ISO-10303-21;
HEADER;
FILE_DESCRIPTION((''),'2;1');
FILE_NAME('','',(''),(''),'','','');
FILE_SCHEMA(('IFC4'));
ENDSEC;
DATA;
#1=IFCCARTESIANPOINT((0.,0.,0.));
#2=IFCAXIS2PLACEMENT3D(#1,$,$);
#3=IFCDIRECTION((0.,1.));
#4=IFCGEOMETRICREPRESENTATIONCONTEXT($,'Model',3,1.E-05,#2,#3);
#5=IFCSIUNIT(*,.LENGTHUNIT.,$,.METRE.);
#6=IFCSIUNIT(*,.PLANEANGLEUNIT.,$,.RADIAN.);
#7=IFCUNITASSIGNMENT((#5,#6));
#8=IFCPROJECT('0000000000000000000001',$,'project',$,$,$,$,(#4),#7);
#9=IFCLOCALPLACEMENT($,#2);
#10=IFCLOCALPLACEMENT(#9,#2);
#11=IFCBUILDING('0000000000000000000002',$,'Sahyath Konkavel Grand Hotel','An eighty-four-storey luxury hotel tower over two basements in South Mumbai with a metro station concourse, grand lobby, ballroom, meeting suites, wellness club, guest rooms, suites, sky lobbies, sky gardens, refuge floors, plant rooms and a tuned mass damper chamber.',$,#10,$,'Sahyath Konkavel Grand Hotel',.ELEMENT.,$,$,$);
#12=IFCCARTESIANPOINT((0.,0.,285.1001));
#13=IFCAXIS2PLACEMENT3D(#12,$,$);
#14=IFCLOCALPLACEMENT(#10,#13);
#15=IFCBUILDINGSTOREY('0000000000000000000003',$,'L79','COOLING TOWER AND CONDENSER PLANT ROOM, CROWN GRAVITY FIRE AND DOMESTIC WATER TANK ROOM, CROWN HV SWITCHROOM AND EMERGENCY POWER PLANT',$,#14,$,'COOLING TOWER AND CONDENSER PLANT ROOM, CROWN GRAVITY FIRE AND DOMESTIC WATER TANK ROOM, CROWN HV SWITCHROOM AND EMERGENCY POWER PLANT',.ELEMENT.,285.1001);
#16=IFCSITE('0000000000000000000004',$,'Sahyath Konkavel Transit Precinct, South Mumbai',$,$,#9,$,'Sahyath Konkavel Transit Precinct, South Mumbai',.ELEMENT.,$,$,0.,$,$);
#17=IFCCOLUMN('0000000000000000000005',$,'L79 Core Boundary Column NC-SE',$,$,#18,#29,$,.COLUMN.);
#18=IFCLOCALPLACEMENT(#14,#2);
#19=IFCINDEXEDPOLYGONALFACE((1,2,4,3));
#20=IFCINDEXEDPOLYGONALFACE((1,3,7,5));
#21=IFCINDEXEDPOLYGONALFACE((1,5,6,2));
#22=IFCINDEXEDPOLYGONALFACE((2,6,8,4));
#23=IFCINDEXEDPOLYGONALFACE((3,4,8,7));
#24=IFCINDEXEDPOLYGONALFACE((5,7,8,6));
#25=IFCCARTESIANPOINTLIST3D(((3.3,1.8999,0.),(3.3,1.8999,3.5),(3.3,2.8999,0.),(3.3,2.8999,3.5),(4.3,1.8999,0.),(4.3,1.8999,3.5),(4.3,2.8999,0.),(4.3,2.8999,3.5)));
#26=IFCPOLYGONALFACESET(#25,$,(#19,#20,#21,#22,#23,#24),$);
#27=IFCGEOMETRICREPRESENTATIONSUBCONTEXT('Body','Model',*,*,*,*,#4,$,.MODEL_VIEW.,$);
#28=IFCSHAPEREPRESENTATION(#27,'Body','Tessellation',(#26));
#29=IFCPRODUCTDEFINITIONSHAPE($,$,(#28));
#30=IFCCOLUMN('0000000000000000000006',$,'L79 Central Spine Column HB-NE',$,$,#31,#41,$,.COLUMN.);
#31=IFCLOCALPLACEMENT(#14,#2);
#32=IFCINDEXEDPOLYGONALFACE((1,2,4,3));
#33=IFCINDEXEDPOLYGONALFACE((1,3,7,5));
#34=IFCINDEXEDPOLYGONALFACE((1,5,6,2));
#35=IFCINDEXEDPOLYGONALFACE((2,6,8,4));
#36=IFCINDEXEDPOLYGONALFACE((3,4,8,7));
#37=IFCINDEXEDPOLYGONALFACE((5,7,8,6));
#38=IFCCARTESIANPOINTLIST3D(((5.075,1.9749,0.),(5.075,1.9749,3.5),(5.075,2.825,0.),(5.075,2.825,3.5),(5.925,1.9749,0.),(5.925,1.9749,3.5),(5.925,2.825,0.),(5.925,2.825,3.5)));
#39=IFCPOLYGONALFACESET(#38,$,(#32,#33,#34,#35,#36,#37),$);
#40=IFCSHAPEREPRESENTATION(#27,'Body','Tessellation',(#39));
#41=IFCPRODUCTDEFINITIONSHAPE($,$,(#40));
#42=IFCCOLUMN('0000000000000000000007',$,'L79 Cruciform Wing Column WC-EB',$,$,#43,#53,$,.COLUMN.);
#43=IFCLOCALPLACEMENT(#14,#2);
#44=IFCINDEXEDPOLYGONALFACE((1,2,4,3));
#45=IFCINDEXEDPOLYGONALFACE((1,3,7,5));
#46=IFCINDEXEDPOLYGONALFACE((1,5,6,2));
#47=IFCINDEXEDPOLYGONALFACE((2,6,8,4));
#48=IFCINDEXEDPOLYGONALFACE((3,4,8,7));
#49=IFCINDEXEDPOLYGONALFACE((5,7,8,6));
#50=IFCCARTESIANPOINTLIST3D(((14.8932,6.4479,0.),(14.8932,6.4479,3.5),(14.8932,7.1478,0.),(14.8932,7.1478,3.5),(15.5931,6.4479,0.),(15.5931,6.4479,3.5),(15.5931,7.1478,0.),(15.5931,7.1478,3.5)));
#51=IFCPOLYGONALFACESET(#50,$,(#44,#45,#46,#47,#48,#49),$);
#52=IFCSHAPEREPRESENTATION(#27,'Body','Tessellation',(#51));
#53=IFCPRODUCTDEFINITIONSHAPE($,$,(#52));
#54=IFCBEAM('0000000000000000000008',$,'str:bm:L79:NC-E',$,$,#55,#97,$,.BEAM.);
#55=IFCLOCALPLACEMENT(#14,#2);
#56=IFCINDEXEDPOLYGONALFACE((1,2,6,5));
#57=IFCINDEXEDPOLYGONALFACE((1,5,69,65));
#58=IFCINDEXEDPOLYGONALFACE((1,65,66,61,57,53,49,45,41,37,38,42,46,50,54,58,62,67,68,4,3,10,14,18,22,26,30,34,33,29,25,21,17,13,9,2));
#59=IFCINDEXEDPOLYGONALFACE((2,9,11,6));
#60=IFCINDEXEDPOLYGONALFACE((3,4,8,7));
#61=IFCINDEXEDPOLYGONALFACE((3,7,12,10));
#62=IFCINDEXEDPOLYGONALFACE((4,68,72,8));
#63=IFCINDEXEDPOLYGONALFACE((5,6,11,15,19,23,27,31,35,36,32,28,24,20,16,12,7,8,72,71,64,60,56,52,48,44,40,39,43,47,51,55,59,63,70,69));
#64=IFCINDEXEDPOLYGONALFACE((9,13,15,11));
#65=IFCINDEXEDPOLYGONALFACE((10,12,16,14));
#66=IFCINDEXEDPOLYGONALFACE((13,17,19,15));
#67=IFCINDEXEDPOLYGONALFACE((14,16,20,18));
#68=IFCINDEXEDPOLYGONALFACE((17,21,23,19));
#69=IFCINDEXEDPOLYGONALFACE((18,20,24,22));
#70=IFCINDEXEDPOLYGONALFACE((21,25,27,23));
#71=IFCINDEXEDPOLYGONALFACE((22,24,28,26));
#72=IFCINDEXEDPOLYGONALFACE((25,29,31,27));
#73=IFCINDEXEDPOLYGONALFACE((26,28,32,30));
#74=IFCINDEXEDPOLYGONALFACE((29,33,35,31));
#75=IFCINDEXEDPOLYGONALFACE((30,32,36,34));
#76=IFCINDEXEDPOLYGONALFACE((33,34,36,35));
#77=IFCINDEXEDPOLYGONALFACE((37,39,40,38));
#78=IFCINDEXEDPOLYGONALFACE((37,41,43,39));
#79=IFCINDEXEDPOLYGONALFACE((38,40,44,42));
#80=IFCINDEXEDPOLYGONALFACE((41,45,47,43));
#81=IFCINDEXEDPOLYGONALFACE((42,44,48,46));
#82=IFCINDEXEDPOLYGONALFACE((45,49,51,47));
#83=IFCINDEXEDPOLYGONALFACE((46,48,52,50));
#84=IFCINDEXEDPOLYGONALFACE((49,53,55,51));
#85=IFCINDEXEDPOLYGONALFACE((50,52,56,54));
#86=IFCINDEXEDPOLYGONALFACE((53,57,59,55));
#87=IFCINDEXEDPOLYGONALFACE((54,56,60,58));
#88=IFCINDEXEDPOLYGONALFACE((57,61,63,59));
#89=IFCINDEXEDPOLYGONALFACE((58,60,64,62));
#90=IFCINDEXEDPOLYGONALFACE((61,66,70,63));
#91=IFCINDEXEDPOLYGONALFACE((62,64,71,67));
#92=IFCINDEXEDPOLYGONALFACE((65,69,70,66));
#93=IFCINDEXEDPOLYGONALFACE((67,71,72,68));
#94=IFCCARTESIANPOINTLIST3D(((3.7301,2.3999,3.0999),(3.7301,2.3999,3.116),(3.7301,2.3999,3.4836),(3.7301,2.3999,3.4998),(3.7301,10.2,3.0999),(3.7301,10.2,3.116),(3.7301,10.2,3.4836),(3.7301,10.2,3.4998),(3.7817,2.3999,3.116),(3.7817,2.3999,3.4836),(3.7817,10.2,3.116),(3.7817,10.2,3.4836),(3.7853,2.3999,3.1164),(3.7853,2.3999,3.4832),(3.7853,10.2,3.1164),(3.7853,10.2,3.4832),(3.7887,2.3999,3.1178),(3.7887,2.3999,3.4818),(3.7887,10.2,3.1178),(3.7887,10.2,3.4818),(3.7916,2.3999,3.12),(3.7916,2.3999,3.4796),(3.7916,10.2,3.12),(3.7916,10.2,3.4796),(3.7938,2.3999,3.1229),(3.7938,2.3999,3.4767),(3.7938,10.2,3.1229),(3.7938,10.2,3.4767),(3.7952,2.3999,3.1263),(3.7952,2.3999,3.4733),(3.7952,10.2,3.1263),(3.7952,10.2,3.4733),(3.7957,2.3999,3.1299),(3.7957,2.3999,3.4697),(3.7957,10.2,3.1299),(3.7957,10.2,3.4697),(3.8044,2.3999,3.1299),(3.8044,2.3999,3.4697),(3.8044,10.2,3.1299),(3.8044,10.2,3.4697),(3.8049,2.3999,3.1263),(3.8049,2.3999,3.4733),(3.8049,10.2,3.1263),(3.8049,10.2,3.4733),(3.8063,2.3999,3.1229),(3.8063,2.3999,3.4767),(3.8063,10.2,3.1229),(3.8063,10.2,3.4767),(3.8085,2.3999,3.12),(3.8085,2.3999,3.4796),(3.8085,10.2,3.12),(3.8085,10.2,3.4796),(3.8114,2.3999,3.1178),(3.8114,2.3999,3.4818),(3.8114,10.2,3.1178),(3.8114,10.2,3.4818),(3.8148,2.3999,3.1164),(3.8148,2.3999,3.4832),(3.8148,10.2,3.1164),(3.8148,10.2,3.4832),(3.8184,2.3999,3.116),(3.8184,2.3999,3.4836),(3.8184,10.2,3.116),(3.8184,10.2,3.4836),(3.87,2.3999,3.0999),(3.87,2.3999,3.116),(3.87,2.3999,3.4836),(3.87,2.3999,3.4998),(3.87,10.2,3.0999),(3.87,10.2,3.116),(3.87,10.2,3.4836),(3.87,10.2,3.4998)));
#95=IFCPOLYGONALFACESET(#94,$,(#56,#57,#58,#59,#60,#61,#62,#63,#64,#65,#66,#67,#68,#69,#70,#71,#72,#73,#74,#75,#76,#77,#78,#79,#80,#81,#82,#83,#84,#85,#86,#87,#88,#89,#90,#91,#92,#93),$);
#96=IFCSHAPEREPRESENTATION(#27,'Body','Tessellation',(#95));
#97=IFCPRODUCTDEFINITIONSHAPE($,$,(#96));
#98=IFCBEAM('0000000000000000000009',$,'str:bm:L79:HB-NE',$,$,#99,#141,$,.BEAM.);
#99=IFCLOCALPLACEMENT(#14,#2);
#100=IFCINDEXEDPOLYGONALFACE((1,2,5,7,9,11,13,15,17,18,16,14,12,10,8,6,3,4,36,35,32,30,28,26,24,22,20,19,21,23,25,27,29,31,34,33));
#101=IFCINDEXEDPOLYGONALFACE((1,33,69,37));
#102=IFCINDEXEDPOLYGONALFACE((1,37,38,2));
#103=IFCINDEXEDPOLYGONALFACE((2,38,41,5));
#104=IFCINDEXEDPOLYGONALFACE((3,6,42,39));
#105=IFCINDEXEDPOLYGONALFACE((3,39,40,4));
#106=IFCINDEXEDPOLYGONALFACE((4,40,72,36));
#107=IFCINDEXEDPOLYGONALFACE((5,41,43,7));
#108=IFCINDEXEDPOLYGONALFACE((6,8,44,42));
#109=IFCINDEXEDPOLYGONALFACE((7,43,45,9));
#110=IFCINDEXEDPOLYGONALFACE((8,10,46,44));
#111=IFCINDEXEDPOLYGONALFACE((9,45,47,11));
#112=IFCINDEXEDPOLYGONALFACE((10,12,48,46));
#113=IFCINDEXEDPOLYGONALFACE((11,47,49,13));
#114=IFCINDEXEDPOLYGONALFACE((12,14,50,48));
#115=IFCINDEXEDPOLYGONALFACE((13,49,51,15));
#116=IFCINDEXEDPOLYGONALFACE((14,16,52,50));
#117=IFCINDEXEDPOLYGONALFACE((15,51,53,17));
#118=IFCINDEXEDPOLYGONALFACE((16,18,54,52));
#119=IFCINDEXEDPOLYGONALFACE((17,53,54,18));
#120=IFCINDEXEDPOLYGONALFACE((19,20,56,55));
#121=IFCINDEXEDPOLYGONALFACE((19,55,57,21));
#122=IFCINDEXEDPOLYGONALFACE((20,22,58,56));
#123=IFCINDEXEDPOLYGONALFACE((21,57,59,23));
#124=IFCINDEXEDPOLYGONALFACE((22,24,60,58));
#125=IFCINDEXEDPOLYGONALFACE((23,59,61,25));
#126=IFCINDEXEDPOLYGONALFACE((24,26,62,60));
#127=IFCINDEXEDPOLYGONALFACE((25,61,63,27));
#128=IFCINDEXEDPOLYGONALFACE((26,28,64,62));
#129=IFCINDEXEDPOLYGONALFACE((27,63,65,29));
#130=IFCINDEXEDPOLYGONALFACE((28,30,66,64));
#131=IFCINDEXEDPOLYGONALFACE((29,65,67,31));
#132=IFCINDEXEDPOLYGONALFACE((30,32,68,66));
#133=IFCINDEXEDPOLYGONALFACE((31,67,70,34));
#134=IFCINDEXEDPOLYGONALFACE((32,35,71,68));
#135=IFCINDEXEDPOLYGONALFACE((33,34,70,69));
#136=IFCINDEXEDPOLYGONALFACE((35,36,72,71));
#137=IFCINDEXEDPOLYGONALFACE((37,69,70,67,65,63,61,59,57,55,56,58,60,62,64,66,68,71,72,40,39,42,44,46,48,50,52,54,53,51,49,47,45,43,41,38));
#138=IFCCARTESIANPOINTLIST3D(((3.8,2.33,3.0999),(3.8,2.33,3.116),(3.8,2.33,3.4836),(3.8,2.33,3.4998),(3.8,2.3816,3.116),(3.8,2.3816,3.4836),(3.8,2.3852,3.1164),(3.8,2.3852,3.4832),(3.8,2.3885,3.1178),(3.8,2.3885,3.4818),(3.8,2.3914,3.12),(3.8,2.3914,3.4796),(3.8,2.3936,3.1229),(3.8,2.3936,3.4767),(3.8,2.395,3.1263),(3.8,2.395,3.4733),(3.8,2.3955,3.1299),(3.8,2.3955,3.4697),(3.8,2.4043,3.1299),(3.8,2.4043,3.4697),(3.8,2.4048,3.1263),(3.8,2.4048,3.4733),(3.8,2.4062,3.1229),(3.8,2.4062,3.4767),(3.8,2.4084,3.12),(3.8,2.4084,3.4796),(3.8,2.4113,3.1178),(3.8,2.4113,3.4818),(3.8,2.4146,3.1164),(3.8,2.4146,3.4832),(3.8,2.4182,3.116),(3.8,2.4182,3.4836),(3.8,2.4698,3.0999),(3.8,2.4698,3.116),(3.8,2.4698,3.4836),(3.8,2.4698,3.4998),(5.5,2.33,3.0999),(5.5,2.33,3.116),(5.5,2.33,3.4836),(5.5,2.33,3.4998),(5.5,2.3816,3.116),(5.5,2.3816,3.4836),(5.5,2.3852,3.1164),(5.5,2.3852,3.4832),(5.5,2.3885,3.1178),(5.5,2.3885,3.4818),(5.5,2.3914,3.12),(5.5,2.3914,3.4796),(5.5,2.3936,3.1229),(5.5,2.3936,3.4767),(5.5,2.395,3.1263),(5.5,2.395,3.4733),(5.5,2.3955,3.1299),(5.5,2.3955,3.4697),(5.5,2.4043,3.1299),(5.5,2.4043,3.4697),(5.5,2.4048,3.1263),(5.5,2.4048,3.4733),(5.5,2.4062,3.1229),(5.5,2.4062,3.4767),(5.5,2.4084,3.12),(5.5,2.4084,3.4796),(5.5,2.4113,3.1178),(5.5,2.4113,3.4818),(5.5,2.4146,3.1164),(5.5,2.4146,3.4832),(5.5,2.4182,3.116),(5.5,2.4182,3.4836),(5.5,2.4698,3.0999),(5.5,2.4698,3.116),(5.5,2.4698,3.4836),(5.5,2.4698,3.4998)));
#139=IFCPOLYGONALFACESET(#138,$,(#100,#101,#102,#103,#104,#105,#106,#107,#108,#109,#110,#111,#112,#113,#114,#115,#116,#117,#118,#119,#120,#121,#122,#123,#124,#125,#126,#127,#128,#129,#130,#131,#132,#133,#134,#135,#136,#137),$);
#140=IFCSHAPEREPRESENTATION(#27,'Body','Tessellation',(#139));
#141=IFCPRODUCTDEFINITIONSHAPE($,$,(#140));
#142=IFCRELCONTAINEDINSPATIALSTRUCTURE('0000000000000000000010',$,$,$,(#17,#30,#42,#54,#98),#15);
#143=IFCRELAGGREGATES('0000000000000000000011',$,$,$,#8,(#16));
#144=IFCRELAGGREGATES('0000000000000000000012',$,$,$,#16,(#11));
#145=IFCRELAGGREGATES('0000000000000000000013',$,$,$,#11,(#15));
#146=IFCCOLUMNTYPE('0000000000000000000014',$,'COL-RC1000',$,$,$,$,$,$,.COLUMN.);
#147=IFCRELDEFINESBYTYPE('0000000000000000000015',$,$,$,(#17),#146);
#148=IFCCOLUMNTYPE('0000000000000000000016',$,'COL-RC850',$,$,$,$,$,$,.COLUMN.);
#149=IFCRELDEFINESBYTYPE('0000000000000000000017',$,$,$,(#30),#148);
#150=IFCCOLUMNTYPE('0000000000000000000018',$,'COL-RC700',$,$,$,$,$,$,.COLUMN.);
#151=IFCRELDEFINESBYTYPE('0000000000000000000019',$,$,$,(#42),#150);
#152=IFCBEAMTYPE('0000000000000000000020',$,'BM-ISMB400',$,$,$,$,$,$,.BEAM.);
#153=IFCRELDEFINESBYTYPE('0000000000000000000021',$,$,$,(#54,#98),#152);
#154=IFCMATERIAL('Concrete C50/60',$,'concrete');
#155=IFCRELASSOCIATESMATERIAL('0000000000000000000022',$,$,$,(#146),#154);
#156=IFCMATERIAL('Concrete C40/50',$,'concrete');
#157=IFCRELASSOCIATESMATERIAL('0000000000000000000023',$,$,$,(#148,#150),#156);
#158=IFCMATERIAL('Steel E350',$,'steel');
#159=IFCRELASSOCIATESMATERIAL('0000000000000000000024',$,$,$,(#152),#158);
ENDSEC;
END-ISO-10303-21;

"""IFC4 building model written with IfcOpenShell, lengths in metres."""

from ifc_helpers import new_model, si_unit, direction, frame, origin, origin_2d, place, context, subcontext, project, spatial, rectangle, i_section, extrude, source, transform, mapped, material, material_profile, profile_set, type_object, element, save


model = new_model("IFC4")

# Units and contexts
model_context = context("Model", 3, precision=1e-05, world=origin(), true_north=direction((0.0, 1.0)))
body_context = subcontext(model_context, "Body", "Model", "MODEL_VIEW")
ifc_project = project(units=[si_unit("LENGTHUNIT", "METRE"), si_unit("PLANEANGLEUNIT", "RADIAN")], contexts=[model_context])

# Site, building, storey
site_placement = place(None, origin())
site = spatial("IfcSite", under=ifc_project, at=site_placement, Name="Sahyath Konkavel Transit Precinct, South Mumbai", LongName="Sahyath Konkavel Transit Precinct, South Mumbai", CompositionType="ELEMENT", RefElevation=0.0)
building_placement = place(site_placement, origin())
building = spatial("IfcBuilding", under=site, at=building_placement, Name="Sahyath Konkavel Grand Hotel", Description="An eighty-four-storey luxury hotel tower over two basements in South Mumbai with a metro station concourse, grand lobby, ballroom, meeting suites, wellness club, guest rooms, suites, sky lobbies, sky gardens, refuge floors, plant rooms and a tuned mass damper chamber.", LongName="Sahyath Konkavel Grand Hotel", CompositionType="ELEMENT")
storey_placement = place(building_placement, frame((0.0, 0.0, 285.1001)))
storey = spatial("IfcBuildingStorey", under=building, at=storey_placement, Name="L79", Description="COOLING TOWER AND CONDENSER PLANT ROOM, CROWN GRAVITY FIRE AND DOMESTIC WATER TANK ROOM, CROWN HV SWITCHROOM AND EMERGENCY POWER PLANT", LongName="COOLING TOWER AND CONDENSER PLANT ROOM, CROWN GRAVITY FIRE AND DOMESTIC WATER TANK ROOM, CROWN HV SWITCHROOM AND EMERGENCY POWER PLANT", CompositionType="ELEMENT", Elevation=285.1001)

# Columns
ifc_material_1 = material(Name="Concrete C50/60", Category="concrete")
ifc_material_profile_1 = material_profile(ifc_material_1, rectangle(XDim=1.0, YDim=1.0, at=origin_2d()), Name="RC 1000x1000")
ifc_profile_set_1 = profile_set([ifc_material_profile_1], Name="Concrete C50/60")
column_type_1 = type_object("IfcColumnType", Name="COL-RC1000", PredefinedType="COLUMN", material=ifc_profile_set_1)
shared_shape_1 = source(origin(), body_context, "Body", "SweptSolid", [
    extrude(rectangle(XDim=1.0, YDim=1.0, at=origin_2d()), origin(), (0.0, 0.0, 1.0), 3.5),
])
column_1_placement = place(storey_placement, frame((3.8, 2.3999, 0.0), z_axis=(0.0, 0.0, 1.0), x_axis=(1.0, 0.0, 0.0)))
element("IfcColumn", 1, at=column_1_placement, inside=storey, type_object=column_type_1, Name="L79 Core Boundary Column NC-SE", PredefinedType="COLUMN", context=body_context, shape_type="MappedRepresentation", body=[
    mapped(shared_shape_1, transform((0.0, 0.0, 0.0), scale=1.0)),
])
ifc_material_2 = material(Name="Concrete C40/50", Category="concrete")
ifc_material_profile_2 = material_profile(ifc_material_2, rectangle(XDim=0.8501, YDim=0.8501, at=origin_2d()), Name="RC 850x850")
ifc_profile_set_2 = profile_set([ifc_material_profile_2], Name="Concrete C40/50")
column_type_2 = type_object("IfcColumnType", Name="COL-RC850", PredefinedType="COLUMN", material=ifc_profile_set_2)
shared_shape_2 = source(origin(), body_context, "Body", "SweptSolid", [
    extrude(rectangle(XDim=0.8501, YDim=0.8501, at=origin_2d()), origin(), (0.0, 0.0, 1.0), 3.5),
])
column_2_placement = place(storey_placement, frame((5.5, 2.3999, 0.0), z_axis=(0.0, 0.0, 1.0), x_axis=(1.0, 0.0, 0.0)))
element("IfcColumn", 2, at=column_2_placement, inside=storey, type_object=column_type_2, Name="L79 Central Spine Column HB-NE", PredefinedType="COLUMN", context=body_context, shape_type="MappedRepresentation", body=[
    mapped(shared_shape_2, transform((0.0, 0.0, 0.0), scale=1.0)),
])
ifc_material_profile_3 = material_profile(ifc_material_2, rectangle(XDim=0.7, YDim=0.7, at=origin_2d()), Name="RC 700x700")
ifc_profile_set_3 = profile_set([ifc_material_profile_3], Name="Concrete C40/50")
column_type_3 = type_object("IfcColumnType", Name="COL-RC700", PredefinedType="COLUMN", material=ifc_profile_set_3)
shared_shape_3 = source(origin(), body_context, "Body", "SweptSolid", [
    extrude(rectangle(XDim=0.7, YDim=0.7, at=origin_2d()), origin(), (0.0, 0.0, 1.0), 3.5),
])
column_3_placement = place(storey_placement, frame((15.2432, 6.7979, 0.0), z_axis=(0.0, 0.0, 1.0), x_axis=(1.0, 0.0, 0.0)))
element("IfcColumn", 3, at=column_3_placement, inside=storey, type_object=column_type_3, Name="L79 Cruciform Wing Column WC-EB", PredefinedType="COLUMN", context=body_context, shape_type="MappedRepresentation", body=[
    mapped(shared_shape_3, transform((0.0, 0.0, 0.0), scale=1.0)),
])

# Beams
ifc_material_3 = material(Name="Steel E350", Category="steel")
ifc_material_profile_4 = material_profile(ifc_material_3, i_section(OverallWidth=0.1399, OverallDepth=0.3999, WebThickness=0.0088, FlangeThickness=0.0161, FilletRadius=0.0139, at=origin_2d()), Name="ISMB 400")
ifc_profile_set_4 = profile_set([ifc_material_profile_4], Name="Steel E350")
beam_type_1 = type_object("IfcBeamType", Name="BM-ISMB400", PredefinedType="BEAM", material=ifc_profile_set_4)
shared_shape_4 = source(origin(), body_context, "Body", "SweptSolid", [
    extrude(i_section(OverallWidth=0.1399, OverallDepth=0.3999, WebThickness=0.0088, FlangeThickness=0.0161, FilletRadius=0.0139, at=origin_2d()), origin(), (0.0, 0.0, 1.0), 7.8),
])
beam_1_placement = place(storey_placement, frame((3.8, 2.3999, 3.2998), z_axis=(0.0, 1.0, 0.0), x_axis=(-1.0, 0.0, 0.0)))
element("IfcBeam", 4, at=beam_1_placement, inside=storey, type_object=beam_type_1, Name="str:bm:L79:NC-E", PredefinedType="BEAM", context=body_context, shape_type="MappedRepresentation", body=[
    mapped(shared_shape_4, transform((0.0, 0.0, 0.0), scale=1.0)),
])
shared_shape_5 = source(origin(), body_context, "Body", "SweptSolid", [
    extrude(i_section(OverallWidth=0.1399, OverallDepth=0.3999, WebThickness=0.0088, FlangeThickness=0.0161, FilletRadius=0.0139, at=origin_2d()), origin(), (0.0, 0.0, 1.0), 1.7),
])
beam_2_placement = place(storey_placement, frame((3.8, 2.3999, 3.2998), z_axis=(1.0, 0.0, 0.0), x_axis=(0.0, 1.0, 0.0)))
element("IfcBeam", 5, at=beam_2_placement, inside=storey, type_object=beam_type_1, Name="str:bm:L79:HB-NE", PredefinedType="BEAM", context=body_context, shape_type="MappedRepresentation", body=[
    mapped(shared_shape_5, transform((0.0, 0.0, 0.0), scale=1.0)),
])

save(model, "model.ifc")
